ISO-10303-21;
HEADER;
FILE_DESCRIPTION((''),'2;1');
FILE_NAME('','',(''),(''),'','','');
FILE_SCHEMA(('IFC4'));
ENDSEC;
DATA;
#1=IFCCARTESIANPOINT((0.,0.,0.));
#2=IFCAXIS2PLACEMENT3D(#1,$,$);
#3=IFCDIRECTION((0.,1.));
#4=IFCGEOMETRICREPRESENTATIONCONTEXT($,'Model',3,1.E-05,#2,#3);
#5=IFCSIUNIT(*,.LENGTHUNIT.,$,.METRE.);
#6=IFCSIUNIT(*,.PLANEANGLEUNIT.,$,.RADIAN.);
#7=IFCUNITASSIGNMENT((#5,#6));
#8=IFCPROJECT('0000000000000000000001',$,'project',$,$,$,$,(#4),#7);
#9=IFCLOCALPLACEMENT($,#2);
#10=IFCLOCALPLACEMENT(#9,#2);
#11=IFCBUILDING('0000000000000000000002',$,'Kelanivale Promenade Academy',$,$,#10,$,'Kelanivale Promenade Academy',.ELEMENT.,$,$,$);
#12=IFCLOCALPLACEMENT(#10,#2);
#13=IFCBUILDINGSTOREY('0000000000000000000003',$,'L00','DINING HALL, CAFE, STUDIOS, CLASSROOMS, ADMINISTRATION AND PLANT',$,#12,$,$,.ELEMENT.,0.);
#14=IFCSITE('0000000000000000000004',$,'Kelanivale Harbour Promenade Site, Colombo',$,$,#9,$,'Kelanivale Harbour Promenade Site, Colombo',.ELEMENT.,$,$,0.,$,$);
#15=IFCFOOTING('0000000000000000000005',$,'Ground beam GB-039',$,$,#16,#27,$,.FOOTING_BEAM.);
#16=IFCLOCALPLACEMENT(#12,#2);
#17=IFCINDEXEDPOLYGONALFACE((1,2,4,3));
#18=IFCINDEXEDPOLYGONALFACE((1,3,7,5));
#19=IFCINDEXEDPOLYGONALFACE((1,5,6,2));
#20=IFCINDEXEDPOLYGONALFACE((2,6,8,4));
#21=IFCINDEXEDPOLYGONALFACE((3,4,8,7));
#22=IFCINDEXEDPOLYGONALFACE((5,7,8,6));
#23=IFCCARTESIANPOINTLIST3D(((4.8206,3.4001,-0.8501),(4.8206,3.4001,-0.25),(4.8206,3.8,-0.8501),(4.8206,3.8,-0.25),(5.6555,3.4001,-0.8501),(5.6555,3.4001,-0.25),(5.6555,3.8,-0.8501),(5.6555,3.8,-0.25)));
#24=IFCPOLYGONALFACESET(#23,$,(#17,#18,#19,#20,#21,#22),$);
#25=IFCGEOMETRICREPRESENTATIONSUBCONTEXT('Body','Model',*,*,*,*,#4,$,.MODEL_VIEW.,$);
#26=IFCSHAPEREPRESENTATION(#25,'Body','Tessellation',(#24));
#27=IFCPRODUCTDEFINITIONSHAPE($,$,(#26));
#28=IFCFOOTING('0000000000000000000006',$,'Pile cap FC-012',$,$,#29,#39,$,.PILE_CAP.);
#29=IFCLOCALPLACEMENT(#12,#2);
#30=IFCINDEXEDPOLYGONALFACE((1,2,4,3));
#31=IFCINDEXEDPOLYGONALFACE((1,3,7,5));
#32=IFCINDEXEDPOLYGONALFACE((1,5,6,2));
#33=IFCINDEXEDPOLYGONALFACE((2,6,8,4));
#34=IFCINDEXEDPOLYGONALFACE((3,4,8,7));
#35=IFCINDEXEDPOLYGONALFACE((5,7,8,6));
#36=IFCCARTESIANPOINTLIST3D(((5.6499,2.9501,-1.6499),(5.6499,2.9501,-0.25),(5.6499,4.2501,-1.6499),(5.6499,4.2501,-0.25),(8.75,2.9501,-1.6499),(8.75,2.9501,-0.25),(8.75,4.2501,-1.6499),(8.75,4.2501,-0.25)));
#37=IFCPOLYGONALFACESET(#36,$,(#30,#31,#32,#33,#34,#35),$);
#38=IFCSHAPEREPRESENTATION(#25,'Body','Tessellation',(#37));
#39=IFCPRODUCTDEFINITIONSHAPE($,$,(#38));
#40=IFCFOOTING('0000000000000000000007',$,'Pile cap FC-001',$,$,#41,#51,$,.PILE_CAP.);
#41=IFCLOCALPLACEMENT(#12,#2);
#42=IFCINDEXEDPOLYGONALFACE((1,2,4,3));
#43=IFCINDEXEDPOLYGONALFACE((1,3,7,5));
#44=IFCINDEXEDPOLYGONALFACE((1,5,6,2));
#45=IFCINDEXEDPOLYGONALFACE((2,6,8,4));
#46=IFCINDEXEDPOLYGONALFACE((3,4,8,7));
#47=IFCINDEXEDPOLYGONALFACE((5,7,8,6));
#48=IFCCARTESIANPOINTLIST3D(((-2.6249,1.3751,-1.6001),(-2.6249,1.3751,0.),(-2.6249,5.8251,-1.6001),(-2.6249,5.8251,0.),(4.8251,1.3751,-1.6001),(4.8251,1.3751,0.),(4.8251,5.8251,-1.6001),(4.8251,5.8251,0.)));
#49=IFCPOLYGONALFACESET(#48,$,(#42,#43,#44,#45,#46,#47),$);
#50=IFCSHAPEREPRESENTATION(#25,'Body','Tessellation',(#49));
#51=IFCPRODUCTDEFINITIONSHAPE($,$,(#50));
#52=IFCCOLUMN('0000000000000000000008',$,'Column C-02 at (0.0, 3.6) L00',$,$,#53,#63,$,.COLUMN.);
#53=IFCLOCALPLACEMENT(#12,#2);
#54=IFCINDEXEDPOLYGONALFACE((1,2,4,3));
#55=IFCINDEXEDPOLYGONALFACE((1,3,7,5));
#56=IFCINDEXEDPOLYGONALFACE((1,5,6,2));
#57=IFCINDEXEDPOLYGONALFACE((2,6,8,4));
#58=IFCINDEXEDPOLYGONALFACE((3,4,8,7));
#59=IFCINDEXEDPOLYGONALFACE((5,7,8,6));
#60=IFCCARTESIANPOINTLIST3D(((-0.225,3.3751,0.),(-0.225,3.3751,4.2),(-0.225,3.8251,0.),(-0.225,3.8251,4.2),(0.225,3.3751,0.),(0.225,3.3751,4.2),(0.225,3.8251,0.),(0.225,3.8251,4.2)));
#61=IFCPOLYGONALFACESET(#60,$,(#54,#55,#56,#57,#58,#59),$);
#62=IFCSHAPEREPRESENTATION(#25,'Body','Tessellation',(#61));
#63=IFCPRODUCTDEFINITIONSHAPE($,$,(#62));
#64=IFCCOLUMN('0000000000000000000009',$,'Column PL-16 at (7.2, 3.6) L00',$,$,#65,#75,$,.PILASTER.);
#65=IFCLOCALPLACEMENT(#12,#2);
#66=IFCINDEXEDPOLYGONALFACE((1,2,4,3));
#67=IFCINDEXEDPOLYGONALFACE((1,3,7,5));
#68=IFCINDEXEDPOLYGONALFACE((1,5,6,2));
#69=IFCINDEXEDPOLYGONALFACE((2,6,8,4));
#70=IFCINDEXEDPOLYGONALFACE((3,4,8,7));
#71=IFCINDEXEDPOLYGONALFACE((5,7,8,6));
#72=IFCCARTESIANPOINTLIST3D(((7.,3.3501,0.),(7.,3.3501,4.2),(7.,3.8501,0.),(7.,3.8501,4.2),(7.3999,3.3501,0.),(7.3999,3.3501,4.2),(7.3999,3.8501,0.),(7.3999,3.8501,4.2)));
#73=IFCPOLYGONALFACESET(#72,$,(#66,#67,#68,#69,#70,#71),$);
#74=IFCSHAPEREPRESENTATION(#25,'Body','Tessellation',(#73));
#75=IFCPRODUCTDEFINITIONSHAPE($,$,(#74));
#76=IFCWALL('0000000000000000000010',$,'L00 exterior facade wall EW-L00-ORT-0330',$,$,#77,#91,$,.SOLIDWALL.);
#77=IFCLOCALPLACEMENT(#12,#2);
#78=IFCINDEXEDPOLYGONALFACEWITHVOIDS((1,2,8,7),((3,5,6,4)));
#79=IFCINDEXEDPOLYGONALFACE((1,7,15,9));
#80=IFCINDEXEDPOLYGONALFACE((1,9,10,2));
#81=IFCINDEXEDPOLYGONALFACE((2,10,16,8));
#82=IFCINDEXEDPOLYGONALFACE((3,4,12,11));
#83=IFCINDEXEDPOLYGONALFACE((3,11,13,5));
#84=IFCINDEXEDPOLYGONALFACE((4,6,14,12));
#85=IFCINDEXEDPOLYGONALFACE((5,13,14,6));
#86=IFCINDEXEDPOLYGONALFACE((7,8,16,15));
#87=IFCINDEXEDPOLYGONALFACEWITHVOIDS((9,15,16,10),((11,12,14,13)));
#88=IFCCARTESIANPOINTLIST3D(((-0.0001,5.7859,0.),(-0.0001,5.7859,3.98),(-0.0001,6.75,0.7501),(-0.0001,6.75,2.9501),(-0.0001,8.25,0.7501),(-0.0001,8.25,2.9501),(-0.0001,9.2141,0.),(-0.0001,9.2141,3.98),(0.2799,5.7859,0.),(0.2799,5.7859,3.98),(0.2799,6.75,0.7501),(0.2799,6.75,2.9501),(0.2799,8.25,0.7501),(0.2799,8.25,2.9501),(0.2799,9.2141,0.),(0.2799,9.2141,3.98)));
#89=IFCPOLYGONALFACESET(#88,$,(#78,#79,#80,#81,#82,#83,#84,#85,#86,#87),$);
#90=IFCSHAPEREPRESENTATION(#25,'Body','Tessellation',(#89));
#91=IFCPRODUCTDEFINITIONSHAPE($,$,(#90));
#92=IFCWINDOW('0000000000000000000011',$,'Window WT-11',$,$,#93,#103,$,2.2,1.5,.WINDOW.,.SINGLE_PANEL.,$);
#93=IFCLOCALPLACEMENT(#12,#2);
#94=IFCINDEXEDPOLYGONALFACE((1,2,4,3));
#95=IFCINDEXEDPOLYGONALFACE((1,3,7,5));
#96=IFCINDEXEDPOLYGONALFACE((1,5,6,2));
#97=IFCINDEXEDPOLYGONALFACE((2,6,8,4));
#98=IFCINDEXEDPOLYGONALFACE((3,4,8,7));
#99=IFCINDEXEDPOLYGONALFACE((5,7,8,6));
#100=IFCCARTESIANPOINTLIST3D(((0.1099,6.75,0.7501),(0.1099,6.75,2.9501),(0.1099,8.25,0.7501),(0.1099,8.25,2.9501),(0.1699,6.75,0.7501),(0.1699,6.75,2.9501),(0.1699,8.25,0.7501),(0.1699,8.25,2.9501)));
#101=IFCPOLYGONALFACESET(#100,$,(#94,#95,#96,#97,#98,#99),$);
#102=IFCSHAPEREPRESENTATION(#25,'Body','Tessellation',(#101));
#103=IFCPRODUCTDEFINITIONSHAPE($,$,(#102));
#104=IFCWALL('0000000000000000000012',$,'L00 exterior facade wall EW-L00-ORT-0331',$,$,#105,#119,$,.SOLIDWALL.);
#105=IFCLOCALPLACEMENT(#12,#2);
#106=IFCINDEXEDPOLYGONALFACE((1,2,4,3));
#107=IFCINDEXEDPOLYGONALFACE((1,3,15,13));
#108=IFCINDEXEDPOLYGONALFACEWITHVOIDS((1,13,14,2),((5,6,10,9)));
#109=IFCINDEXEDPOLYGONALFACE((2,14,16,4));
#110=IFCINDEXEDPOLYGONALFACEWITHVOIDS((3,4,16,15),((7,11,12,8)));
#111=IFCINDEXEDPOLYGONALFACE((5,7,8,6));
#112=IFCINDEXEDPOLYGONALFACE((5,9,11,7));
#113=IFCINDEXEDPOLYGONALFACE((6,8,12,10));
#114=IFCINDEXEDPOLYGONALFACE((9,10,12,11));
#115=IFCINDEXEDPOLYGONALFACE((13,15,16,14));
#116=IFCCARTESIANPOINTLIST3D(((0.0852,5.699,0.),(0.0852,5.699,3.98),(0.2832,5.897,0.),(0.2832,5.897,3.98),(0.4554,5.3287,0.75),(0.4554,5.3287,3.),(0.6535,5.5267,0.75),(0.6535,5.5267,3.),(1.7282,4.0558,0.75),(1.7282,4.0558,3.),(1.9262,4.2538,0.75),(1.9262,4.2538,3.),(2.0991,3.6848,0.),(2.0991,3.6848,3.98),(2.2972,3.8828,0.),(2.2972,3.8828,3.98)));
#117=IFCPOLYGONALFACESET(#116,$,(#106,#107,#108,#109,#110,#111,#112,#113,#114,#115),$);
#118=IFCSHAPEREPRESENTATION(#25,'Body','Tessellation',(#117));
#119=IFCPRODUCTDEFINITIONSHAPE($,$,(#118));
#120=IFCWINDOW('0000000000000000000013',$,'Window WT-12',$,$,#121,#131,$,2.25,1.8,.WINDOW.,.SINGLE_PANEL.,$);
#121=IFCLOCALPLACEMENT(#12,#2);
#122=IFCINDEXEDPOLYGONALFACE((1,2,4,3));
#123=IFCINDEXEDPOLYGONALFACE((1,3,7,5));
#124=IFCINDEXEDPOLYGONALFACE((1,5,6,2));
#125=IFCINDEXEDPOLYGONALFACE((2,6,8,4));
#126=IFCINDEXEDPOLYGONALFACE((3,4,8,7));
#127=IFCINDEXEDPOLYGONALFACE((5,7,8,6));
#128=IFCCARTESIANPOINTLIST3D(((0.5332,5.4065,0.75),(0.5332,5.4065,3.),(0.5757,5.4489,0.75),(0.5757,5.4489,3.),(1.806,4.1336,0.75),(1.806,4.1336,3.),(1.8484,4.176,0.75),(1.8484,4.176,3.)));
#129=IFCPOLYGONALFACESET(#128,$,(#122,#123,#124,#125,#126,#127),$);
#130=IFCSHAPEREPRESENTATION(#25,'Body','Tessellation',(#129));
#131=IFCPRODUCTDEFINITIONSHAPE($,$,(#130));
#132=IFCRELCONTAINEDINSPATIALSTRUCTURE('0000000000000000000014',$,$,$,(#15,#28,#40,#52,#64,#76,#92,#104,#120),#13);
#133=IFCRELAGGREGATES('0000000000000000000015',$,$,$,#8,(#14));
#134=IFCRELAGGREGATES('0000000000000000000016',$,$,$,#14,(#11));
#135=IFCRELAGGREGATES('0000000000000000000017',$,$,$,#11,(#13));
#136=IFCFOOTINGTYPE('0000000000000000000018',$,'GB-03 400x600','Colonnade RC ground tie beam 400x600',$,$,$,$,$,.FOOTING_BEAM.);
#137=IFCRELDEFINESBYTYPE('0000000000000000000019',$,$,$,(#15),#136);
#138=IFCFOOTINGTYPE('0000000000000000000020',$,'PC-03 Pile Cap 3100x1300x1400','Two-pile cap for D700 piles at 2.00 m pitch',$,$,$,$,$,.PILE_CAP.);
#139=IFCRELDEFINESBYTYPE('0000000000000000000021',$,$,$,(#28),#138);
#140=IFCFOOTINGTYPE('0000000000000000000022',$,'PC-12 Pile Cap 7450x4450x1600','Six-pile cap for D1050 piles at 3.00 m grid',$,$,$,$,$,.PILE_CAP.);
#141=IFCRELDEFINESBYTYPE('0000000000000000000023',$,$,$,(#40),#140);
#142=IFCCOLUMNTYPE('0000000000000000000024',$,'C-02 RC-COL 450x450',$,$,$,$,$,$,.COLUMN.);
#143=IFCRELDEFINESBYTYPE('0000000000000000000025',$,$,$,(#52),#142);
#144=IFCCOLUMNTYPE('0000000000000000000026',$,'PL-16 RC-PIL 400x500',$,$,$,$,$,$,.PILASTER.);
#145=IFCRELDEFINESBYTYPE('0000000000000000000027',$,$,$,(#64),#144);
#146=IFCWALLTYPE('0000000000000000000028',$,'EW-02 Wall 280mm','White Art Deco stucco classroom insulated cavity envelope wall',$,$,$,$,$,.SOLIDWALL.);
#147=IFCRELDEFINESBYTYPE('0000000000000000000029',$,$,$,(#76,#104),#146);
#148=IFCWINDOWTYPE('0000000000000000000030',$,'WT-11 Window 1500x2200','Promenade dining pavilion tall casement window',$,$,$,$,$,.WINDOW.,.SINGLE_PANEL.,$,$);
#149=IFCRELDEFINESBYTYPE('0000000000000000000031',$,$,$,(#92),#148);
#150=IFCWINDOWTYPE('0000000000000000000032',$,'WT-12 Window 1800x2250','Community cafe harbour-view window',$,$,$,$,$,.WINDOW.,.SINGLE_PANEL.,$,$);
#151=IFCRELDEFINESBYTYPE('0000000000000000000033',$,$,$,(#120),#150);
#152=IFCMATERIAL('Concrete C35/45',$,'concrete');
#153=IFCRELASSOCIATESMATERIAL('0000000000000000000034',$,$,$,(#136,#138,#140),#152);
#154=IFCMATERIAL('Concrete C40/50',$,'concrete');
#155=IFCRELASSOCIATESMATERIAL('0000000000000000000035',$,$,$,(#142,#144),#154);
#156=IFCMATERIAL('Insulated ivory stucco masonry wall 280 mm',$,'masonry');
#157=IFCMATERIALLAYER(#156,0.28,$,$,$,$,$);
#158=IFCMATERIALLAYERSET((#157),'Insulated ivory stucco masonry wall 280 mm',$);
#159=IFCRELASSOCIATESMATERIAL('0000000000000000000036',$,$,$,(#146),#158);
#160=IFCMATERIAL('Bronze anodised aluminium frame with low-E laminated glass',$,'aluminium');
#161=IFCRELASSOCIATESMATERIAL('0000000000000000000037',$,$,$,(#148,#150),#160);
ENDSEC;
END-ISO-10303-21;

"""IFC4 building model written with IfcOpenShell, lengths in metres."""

from ifc_helpers import new_model, si_unit, direction, frame, frame_2d, origin, origin_2d, place, context, subcontext, project, spatial, rectangle, extrude, material, layer, layer_set, material_profile, profile_set, type_object, element, fill, save


model = new_model("IFC4")

# Units and contexts
model_context = context("Model", 3, precision=1e-05, world=origin(), true_north=direction((0.0, 1.0)))
body_context = subcontext(model_context, "Body", "Model", "MODEL_VIEW")
ifc_project = project(units=[si_unit("LENGTHUNIT", "METRE"), si_unit("PLANEANGLEUNIT", "RADIAN")], contexts=[model_context])

# Site, building, storey
site_placement = place(None, origin())
site = spatial("IfcSite", under=ifc_project, at=site_placement, Name="Kelanivale Harbour Promenade Site, Colombo", LongName="Kelanivale Harbour Promenade Site, Colombo", CompositionType="ELEMENT", RefElevation=0.0)
building_placement = place(site_placement, origin())
building = spatial("IfcBuilding", under=site, at=building_placement, Name="Kelanivale Promenade Academy", LongName="Kelanivale Promenade Academy", CompositionType="ELEMENT")
storey_placement = place(building_placement, origin())
storey = spatial("IfcBuildingStorey", under=building, at=storey_placement, Name="L00", Description="DINING HALL, CAFE, STUDIOS, CLASSROOMS, ADMINISTRATION AND PLANT", CompositionType="ELEMENT", Elevation=0.0)

# Shared definitions
ifc_material_1 = material(Name="Concrete C35/45", Category="concrete")

# Footings
footing_type_1 = type_object("IfcFootingType", Name="GB-03 400x600", Description="Colonnade RC ground tie beam 400x600", PredefinedType="FOOTING_BEAM", material=ifc_material_1)
footing_1_placement = place(storey_placement, frame((5.238, 3.6001, -0.8501), z_axis=(0.0, 0.0, 1.0), x_axis=(1.0, 0.0, 0.0)))
element("IfcFooting", 1, at=footing_1_placement, inside=storey, type_object=footing_type_1, Name="Ground beam GB-039", PredefinedType="FOOTING_BEAM", context=body_context, shape_type="SweptSolid", body=[
    extrude(rectangle(XDim=0.835, YDim=0.3999, at=origin_2d()), origin(), (0.0, 0.0, 1.0), 0.6001),
])
footing_type_2 = type_object("IfcFootingType", Name="PC-03 Pile Cap 3100x1300x1400", Description="Two-pile cap for D700 piles at 2.00 m pitch", PredefinedType="PILE_CAP", material=ifc_material_1)
footing_2_placement = place(storey_placement, frame((7.2, 3.6001, -1.6499), z_axis=(0.0, 0.0, 1.0), x_axis=(1.0, 0.0, 0.0)))
element("IfcFooting", 2, at=footing_2_placement, inside=storey, type_object=footing_type_2, Name="Pile cap FC-012", PredefinedType="PILE_CAP", context=body_context, shape_type="SweptSolid", body=[
    extrude(rectangle(XDim=3.1001, YDim=1.3, at=origin_2d()), origin(), (0.0, 0.0, 1.0), 1.3999),
])
footing_type_3 = type_object("IfcFootingType", Name="PC-12 Pile Cap 7450x4450x1600", Description="Six-pile cap for D1050 piles at 3.00 m grid", PredefinedType="PILE_CAP", material=ifc_material_1)
footing_3_placement = place(storey_placement, frame((1.1001, 3.6001, -1.6001), z_axis=(0.0, 0.0, 1.0), x_axis=(1.0, 0.0, 0.0)))
element("IfcFooting", 3, at=footing_3_placement, inside=storey, type_object=footing_type_3, Name="Pile cap FC-001", PredefinedType="PILE_CAP", context=body_context, shape_type="SweptSolid", body=[
    extrude(rectangle(XDim=7.45, YDim=4.45, at=origin_2d()), origin(), (0.0, 0.0, 1.0), 1.6001),
])

# Columns
ifc_material_2 = material(Name="Concrete C40/50", Category="concrete")
ifc_material_profile_1 = material_profile(ifc_material_2, rectangle(XDim=0.45, YDim=0.45, at=origin_2d()), Name="RC-COL 450x450")
ifc_profile_set_1 = profile_set([ifc_material_profile_1], Name="Concrete C40/50")
column_type_1 = type_object("IfcColumnType", Name="C-02 RC-COL 450x450", PredefinedType="COLUMN", material=ifc_profile_set_1)
column_1_placement = place(storey_placement, frame((0.0, 3.6001, 0.0), z_axis=(0.0, 0.0, 1.0), x_axis=(1.0, 0.0, 0.0)))
element("IfcColumn", 4, at=column_1_placement, inside=storey, type_object=column_type_1, Name="Column C-02 at (0.0, 3.6) L00", PredefinedType="COLUMN", context=body_context, shape_type="SweptSolid", body=[
    extrude(rectangle(XDim=0.45, YDim=0.45, at=origin_2d()), origin(), (0.0, 0.0, 1.0), 4.2),
])
ifc_material_profile_2 = material_profile(ifc_material_2, rectangle(XDim=0.3999, YDim=0.5, at=origin_2d()), Name="RC-PIL 400x500")
ifc_profile_set_2 = profile_set([ifc_material_profile_2], Name="Concrete C40/50")
column_type_2 = type_object("IfcColumnType", Name="PL-16 RC-PIL 400x500", PredefinedType="PILASTER", material=ifc_profile_set_2)
column_2_placement = place(storey_placement, frame((7.2, 3.6001, 0.0), z_axis=(0.0, 0.0, 1.0), x_axis=(1.0, 0.0, 0.0)))
element("IfcColumn", 5, at=column_2_placement, inside=storey, type_object=column_type_2, Name="Column PL-16 at (7.2, 3.6) L00", PredefinedType="PILASTER", context=body_context, shape_type="SweptSolid", body=[
    extrude(rectangle(XDim=0.3999, YDim=0.5, at=origin_2d()), origin(), (0.0, 0.0, 1.0), 4.2),
])

# Walls, openings, windows
ifc_material_3 = material(Name="Insulated ivory stucco masonry wall 280 mm", Category="masonry")
ifc_layer_1 = layer(ifc_material_3, 0.28)
ifc_layer_set_1 = layer_set([ifc_layer_1], Name="Insulated ivory stucco masonry wall 280 mm")
wall_type_1 = type_object("IfcWallType", Name="EW-02 Wall 280mm", Description="White Art Deco stucco classroom insulated cavity envelope wall", PredefinedType="SOLIDWALL", material=ifc_layer_set_1)
wall_1_placement = place(storey_placement, frame((0.1399, 9.2141, 0.0), z_axis=(0.0, 0.0, 1.0), x_axis=(0.0, -1.0, 0.0)))
wall_1 = element("IfcWall", 6, at=wall_1_placement, inside=storey, type_object=wall_type_1, Name="L00 exterior facade wall EW-L00-ORT-0330", PredefinedType="SOLIDWALL", context=body_context, shape_type="SweptSolid", body=[
    extrude(rectangle(XDim=3.4282, YDim=0.28, at=frame_2d((1.7141, 0.0))), origin(), (0.0, 0.0, 1.0), 3.98),
])
opening_1_placement = place(wall_1_placement, frame((0.9641, 0.0, 0.75)))
opening_1 = element("IfcOpeningElement", 7, at=opening_1_placement, cuts=wall_1, PredefinedType="OPENING", context=body_context, shape_type="SweptSolid", body=[
    extrude(rectangle(XDim=1.5, YDim=2.2, at=frame_2d((0.75, 1.1001))), frame((0.0, 0.1499, 0.0), z_axis=(0.0, -1.0, 0.0), x_axis=(1.0, 0.0, 0.0)), (0.0, 0.0, 1.0), 0.3),
])
ifc_material_4 = material(Name="Bronze anodised aluminium frame with low-E laminated glass", Category="aluminium")
window_type_1 = type_object("IfcWindowType", Name="WT-11 Window 1500x2200", Description="Promenade dining pavilion tall casement window", PartitioningType="SINGLE_PANEL", PredefinedType="WINDOW", material=ifc_material_4)
window_1_placement = place(opening_1_placement, origin())
window_1 = element("IfcWindow", 8, at=window_1_placement, inside=storey, type_object=window_type_1, Name="Window WT-11", OverallHeight=2.2, OverallWidth=1.5, PartitioningType="SINGLE_PANEL", PredefinedType="WINDOW", context=body_context, shape_type="SweptSolid", body=[
    extrude(rectangle(XDim=1.5, YDim=2.2, at=frame_2d((0.75, 1.1001))), frame((0.0, 0.03, 0.0), z_axis=(0.0, -1.0, 0.0), x_axis=(1.0, 0.0, 0.0)), (0.0, 0.0, 1.0), 0.0601),
])
fill(opening_1, window_1)
wall_2_placement = place(storey_placement, frame((0.1841, 5.7981, 0.0), z_axis=(0.0, 0.0, 1.0), x_axis=(0.707064, -0.70715, 0.0)))
wall_2 = element("IfcWall", 9, at=wall_2_placement, inside=storey, type_object=wall_type_1, Name="L00 exterior facade wall EW-L00-ORT-0331", PredefinedType="SOLIDWALL", context=body_context, shape_type="SweptSolid", body=[
    extrude(rectangle(XDim=2.8484, YDim=0.28, at=frame_2d((1.4243, 0.0))), origin(), (0.0, 0.0, 1.0), 3.98),
])
opening_2_placement = place(wall_2_placement, frame((0.5239, 0.0, 0.75)))
opening_2 = element("IfcOpeningElement", 10, at=opening_2_placement, cuts=wall_2, PredefinedType="OPENING", context=body_context, shape_type="SweptSolid", body=[
    extrude(rectangle(XDim=1.8, YDim=2.25, at=frame_2d((0.8999, 1.125))), frame((0.0, 0.1499, 0.0), z_axis=(0.0, -1.0, 0.0), x_axis=(1.0, 0.0, 0.0)), (0.0, 0.0, 1.0), 0.3),
])
window_type_2 = type_object("IfcWindowType", Name="WT-12 Window 1800x2250", Description="Community cafe harbour-view window", PartitioningType="SINGLE_PANEL", PredefinedType="WINDOW", material=ifc_material_4)
window_2_placement = place(opening_2_placement, origin())
window_2 = element("IfcWindow", 11, at=window_2_placement, inside=storey, type_object=window_type_2, Name="Window WT-12", OverallHeight=2.25, OverallWidth=1.8, PartitioningType="SINGLE_PANEL", PredefinedType="WINDOW", context=body_context, shape_type="SweptSolid", body=[
    extrude(rectangle(XDim=1.8, YDim=2.25, at=frame_2d((0.8999, 1.125))), frame((0.0, 0.03, 0.0), z_axis=(0.0, -1.0, 0.0), x_axis=(1.0, 0.0, 0.0)), (0.0, 0.0, 1.0), 0.0601),
])
fill(opening_2, window_2)

save(model, "model.ifc")
